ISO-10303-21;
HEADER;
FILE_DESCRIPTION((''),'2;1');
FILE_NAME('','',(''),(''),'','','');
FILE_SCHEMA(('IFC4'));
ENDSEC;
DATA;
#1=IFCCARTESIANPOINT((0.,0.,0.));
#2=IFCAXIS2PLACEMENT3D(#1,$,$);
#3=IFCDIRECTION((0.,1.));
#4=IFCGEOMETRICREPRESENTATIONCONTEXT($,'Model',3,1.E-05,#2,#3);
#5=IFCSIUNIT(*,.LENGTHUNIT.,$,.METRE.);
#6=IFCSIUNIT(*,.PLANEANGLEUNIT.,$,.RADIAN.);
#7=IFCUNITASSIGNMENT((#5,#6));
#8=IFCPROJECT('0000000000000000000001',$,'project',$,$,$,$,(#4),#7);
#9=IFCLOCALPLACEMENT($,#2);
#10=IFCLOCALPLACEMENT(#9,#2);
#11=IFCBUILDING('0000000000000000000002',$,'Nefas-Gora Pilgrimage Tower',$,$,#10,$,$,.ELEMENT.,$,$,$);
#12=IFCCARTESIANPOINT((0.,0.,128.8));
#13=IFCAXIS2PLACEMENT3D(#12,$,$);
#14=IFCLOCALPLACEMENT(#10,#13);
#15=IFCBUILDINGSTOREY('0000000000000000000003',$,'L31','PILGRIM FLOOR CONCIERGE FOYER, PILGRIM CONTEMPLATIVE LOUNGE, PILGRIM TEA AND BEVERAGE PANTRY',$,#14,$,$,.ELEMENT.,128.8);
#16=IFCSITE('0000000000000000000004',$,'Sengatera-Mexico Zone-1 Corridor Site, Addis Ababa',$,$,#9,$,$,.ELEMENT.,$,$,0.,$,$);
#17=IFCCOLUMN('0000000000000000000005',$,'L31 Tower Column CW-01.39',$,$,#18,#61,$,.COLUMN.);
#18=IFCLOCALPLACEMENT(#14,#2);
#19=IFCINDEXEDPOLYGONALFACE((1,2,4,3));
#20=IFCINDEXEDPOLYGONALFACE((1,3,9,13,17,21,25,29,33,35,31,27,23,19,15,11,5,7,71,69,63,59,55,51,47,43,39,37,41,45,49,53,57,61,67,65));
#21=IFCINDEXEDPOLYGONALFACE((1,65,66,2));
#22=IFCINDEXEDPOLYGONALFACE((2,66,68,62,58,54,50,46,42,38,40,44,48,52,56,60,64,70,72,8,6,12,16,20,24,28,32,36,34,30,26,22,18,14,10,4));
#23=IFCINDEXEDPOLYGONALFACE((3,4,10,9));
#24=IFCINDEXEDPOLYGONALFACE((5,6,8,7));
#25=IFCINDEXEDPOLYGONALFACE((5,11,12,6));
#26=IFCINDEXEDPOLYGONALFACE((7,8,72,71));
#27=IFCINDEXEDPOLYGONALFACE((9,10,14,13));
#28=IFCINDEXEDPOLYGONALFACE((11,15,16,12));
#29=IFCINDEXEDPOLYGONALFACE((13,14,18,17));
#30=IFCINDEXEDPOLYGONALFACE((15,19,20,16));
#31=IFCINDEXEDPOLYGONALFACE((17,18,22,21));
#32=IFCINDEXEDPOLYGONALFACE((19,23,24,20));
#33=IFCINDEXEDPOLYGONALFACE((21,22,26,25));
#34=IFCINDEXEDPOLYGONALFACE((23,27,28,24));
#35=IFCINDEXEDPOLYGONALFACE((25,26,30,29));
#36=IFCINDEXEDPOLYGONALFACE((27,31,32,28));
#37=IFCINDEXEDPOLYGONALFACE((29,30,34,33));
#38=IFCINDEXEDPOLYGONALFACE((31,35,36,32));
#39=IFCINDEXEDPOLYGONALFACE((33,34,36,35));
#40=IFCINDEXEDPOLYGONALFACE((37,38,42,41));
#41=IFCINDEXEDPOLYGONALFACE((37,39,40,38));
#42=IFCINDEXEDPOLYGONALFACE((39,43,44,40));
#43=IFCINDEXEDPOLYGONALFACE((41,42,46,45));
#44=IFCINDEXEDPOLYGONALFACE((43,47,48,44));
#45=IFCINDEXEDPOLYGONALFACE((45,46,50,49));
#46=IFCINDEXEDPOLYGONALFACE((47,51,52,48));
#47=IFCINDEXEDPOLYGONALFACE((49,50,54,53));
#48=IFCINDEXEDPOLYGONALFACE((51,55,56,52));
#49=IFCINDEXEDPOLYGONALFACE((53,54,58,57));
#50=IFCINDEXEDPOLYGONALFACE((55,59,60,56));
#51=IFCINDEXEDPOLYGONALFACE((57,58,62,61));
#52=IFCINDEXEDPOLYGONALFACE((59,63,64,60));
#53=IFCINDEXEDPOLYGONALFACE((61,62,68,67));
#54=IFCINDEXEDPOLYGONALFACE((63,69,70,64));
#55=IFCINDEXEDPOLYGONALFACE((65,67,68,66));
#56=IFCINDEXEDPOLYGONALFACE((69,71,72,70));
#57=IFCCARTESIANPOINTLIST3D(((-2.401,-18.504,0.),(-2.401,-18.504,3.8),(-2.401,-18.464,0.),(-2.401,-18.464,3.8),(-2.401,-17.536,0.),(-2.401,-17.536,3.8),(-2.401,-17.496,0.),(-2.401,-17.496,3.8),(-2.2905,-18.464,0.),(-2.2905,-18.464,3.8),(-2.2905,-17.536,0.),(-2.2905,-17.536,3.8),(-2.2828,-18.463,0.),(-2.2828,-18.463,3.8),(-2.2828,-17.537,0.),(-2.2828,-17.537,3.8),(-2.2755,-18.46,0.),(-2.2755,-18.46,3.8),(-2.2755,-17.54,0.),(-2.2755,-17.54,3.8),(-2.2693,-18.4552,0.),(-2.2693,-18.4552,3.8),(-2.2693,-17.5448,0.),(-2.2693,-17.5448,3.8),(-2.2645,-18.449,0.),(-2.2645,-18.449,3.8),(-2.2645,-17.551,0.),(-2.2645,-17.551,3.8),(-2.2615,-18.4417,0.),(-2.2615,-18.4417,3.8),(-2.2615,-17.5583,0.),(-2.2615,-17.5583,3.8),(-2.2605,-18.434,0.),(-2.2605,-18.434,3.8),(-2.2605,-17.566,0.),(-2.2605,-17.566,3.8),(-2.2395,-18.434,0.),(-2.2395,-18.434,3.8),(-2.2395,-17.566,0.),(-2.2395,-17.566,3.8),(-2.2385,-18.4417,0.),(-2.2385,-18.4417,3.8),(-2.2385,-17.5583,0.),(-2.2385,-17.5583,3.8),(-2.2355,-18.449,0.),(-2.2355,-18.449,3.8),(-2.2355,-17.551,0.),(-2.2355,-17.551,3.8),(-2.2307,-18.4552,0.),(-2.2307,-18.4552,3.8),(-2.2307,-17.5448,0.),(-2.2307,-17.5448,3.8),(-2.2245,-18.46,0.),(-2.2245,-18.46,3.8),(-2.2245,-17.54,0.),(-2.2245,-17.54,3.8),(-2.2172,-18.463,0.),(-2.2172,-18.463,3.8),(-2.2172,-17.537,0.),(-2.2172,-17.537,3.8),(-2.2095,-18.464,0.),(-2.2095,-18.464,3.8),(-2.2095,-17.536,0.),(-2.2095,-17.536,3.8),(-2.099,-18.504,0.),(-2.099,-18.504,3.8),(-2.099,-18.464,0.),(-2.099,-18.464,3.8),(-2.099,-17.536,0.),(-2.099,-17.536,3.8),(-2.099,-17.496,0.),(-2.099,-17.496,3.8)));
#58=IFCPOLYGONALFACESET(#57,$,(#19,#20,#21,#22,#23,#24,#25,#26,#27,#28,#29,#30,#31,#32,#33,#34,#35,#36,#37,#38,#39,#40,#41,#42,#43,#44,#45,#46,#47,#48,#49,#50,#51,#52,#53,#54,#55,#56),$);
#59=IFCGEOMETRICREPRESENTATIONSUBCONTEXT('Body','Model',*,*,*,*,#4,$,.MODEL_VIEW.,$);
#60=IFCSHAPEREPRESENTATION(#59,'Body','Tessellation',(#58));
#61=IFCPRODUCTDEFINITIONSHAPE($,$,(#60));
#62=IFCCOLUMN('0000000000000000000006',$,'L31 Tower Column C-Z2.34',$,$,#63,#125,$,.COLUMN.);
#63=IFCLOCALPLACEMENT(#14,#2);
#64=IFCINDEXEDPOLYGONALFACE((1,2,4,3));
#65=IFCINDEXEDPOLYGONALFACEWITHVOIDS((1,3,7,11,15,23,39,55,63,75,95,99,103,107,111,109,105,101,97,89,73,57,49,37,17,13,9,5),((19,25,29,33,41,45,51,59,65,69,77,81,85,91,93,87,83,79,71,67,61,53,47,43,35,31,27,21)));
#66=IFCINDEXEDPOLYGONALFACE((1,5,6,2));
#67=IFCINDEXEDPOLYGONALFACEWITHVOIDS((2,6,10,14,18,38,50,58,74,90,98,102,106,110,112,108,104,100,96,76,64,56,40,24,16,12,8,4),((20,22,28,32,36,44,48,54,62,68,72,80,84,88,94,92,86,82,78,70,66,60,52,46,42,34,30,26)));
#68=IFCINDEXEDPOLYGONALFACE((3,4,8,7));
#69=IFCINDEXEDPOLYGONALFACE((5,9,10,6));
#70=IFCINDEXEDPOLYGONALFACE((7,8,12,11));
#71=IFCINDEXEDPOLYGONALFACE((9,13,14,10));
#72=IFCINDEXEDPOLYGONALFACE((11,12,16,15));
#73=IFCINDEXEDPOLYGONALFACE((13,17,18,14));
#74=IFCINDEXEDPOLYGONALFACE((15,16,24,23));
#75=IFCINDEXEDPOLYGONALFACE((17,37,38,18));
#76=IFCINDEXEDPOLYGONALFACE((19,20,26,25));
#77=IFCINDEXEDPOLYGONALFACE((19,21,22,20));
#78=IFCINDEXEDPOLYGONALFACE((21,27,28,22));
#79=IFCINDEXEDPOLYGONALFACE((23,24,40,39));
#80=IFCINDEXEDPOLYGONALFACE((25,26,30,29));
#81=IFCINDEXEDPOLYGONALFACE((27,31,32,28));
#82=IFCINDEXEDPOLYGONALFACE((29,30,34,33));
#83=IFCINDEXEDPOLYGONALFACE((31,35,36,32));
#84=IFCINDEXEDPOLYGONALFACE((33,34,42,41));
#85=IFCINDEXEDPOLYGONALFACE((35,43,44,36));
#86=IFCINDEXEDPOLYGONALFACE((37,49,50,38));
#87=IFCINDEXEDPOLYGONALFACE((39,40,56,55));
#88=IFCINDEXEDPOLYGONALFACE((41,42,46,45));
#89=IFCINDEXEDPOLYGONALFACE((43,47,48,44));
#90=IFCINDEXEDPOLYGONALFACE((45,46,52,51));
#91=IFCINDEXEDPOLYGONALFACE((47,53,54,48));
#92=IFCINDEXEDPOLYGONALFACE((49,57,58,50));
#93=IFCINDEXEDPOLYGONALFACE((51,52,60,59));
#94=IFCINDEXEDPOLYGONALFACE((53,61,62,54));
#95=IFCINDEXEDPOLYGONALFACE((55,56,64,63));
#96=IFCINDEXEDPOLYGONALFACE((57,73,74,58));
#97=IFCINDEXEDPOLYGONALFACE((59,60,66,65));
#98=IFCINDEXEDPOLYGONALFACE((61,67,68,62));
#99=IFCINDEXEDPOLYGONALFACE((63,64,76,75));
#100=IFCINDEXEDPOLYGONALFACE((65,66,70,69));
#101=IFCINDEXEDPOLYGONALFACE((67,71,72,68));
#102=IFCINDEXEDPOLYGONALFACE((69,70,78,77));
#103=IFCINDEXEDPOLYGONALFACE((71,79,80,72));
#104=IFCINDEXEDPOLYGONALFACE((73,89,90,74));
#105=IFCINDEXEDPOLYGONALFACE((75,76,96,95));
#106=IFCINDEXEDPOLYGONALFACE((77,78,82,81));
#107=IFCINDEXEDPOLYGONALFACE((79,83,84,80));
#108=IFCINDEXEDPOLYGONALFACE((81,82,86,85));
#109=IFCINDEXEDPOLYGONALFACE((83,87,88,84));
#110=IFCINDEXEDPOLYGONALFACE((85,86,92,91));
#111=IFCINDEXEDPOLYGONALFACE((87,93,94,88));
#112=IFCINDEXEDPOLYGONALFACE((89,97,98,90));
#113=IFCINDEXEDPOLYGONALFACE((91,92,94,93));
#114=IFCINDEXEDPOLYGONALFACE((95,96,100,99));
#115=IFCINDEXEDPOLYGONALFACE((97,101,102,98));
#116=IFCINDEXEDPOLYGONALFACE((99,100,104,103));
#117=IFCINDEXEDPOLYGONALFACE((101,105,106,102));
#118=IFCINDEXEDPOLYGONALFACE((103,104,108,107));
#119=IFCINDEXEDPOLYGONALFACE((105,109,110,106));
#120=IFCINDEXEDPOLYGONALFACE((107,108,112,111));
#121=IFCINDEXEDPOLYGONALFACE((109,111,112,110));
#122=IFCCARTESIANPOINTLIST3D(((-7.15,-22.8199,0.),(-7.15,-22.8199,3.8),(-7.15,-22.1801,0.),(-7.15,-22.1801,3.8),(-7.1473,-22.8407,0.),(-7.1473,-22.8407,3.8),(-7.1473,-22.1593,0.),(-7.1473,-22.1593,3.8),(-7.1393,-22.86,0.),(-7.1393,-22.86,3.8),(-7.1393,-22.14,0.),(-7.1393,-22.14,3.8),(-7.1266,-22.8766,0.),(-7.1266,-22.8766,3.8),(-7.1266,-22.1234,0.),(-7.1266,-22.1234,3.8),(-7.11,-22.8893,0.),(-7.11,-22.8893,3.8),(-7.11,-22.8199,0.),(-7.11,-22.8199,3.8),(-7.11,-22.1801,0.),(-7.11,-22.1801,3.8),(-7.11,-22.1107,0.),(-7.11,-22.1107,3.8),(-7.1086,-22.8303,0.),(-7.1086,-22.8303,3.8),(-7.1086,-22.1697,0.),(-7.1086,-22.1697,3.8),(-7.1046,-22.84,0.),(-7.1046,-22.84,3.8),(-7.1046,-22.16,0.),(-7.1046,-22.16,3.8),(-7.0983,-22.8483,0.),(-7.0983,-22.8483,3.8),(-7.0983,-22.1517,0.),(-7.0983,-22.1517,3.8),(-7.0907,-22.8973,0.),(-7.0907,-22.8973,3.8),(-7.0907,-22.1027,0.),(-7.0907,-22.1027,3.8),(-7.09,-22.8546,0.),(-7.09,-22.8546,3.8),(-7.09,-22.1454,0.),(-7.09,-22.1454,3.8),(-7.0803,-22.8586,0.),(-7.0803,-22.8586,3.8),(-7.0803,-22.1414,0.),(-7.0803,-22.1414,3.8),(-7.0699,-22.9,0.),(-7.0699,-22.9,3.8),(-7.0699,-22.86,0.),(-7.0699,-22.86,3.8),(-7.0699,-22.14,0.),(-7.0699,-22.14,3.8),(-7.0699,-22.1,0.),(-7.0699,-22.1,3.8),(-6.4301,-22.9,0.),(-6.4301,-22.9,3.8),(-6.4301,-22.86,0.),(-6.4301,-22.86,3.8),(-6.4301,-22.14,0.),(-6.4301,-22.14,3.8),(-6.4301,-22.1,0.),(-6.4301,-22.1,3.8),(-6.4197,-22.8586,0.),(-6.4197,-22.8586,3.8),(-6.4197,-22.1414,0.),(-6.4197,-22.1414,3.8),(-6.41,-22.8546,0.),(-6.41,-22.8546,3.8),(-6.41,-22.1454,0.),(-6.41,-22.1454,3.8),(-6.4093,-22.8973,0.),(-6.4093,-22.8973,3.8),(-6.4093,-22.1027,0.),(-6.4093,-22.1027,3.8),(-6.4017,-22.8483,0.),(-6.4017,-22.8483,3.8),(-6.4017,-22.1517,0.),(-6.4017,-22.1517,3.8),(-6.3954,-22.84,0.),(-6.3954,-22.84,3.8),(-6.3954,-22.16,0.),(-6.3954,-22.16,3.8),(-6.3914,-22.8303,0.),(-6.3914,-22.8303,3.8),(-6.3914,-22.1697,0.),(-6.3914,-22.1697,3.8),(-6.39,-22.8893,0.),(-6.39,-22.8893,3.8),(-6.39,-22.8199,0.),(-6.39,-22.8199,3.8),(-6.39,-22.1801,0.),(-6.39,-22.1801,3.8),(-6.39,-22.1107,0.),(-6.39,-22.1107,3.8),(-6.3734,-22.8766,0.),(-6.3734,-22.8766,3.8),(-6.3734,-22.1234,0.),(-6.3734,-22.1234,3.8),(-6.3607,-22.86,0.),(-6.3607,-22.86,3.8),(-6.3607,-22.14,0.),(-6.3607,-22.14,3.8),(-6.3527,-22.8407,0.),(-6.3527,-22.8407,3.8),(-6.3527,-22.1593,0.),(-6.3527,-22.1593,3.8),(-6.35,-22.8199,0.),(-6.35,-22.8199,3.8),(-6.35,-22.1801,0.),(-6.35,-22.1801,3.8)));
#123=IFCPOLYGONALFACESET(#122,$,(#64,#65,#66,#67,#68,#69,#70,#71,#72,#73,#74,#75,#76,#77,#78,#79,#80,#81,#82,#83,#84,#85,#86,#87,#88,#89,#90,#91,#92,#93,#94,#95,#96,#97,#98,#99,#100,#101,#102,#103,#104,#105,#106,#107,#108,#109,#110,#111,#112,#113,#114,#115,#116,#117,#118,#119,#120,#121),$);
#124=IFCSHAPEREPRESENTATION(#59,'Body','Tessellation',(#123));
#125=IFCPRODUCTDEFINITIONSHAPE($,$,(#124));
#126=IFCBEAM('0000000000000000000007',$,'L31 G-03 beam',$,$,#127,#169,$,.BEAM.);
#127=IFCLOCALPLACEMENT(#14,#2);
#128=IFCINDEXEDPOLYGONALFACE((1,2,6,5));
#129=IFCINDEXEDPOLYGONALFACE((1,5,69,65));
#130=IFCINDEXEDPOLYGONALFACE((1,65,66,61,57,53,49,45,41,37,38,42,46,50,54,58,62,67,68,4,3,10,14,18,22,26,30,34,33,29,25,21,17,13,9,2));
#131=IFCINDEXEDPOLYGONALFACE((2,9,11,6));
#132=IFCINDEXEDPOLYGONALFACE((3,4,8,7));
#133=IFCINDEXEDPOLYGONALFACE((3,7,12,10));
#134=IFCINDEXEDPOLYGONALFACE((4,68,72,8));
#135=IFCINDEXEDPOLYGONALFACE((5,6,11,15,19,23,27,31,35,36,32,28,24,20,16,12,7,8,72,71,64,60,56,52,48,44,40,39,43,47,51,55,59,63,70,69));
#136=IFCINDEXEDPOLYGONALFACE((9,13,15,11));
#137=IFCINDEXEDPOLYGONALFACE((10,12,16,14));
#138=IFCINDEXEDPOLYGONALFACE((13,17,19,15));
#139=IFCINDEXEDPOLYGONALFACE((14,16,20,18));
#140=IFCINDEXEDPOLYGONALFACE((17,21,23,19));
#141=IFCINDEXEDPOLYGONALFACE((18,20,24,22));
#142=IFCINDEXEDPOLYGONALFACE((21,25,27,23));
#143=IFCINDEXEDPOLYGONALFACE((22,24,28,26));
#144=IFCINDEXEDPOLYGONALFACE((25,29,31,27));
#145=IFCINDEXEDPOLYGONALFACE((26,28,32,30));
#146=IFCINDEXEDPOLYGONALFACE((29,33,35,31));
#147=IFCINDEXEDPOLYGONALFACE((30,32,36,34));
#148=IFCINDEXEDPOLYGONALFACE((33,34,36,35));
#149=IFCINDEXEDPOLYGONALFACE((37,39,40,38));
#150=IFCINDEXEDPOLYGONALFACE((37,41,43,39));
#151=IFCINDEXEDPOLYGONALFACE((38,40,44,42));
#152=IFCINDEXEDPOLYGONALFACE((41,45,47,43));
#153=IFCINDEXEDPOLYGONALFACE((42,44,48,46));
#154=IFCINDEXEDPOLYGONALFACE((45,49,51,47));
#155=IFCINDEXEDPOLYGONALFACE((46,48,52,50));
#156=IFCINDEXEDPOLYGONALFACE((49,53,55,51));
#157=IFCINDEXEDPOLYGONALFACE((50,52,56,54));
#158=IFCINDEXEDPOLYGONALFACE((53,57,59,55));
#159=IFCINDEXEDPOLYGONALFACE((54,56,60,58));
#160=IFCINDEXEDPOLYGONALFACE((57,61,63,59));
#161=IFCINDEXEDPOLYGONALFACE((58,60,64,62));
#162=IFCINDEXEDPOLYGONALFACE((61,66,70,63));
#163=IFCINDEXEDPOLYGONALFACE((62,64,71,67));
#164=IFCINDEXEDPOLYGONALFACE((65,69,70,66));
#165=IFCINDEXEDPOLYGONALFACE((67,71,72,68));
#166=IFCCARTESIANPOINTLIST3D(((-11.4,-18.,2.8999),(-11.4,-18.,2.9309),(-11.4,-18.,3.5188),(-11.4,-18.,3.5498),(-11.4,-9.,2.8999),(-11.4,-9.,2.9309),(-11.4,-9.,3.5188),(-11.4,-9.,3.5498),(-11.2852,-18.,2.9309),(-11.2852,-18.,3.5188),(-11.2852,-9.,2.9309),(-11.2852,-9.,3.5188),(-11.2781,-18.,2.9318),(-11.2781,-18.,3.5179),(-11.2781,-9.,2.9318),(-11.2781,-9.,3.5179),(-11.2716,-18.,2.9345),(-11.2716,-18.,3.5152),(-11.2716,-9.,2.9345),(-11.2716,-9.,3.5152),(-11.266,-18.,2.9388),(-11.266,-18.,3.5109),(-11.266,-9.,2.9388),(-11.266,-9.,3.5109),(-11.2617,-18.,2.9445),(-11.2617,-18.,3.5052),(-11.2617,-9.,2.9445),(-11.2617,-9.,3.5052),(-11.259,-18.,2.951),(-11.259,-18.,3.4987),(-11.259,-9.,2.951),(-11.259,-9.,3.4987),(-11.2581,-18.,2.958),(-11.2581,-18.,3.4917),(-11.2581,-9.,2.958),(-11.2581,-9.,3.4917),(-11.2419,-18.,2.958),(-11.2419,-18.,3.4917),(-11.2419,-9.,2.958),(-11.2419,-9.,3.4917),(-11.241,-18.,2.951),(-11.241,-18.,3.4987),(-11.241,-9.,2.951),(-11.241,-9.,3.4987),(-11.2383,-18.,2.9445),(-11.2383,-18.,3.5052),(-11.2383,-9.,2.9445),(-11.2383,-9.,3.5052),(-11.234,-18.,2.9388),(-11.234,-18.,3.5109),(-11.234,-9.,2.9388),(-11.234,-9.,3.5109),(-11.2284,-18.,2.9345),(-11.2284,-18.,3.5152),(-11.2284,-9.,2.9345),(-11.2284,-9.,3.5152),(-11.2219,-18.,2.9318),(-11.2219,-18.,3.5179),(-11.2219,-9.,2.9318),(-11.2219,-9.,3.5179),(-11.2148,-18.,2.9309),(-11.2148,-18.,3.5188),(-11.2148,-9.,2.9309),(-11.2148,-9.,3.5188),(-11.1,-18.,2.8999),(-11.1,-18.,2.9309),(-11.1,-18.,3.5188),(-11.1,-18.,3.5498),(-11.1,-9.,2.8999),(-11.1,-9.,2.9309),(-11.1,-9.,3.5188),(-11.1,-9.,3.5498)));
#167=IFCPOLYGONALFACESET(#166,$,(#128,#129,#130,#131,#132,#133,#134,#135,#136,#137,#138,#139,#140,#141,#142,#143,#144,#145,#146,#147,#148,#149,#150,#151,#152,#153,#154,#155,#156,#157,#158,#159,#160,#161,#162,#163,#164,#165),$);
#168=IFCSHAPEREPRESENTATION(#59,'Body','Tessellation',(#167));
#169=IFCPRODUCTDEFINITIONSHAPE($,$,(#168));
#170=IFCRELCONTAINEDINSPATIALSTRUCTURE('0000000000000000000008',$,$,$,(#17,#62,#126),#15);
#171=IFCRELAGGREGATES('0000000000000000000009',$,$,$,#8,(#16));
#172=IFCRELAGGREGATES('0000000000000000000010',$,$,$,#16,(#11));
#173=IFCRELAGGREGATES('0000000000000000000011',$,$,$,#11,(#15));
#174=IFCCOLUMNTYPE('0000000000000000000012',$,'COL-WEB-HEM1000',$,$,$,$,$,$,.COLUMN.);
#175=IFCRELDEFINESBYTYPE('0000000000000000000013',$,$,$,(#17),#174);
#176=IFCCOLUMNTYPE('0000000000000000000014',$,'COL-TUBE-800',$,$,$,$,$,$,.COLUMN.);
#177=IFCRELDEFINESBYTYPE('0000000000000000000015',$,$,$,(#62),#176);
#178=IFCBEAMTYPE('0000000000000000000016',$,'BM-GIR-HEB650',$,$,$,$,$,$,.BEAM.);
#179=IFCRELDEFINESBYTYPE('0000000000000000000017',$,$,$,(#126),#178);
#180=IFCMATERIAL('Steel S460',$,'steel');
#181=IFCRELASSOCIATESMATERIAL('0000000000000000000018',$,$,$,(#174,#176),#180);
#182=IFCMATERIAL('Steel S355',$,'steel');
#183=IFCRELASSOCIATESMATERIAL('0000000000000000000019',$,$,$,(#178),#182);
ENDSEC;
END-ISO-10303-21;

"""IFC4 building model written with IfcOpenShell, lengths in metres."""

from ifc_helpers import new_model, si_unit, direction, frame, origin, origin_2d, place, context, subcontext, project, spatial, hollow_rectangle, i_section, extrude, source, transform, mapped, material, material_profile, profile_set, type_object, element, save


model = new_model("IFC4")

# Units and contexts
model_context = context("Model", 3, precision=1e-05, world=origin(), true_north=direction((0.0, 1.0)))
body_context = subcontext(model_context, "Body", "Model", "MODEL_VIEW")
ifc_project = project(units=[si_unit("LENGTHUNIT", "METRE"), si_unit("PLANEANGLEUNIT", "RADIAN")], contexts=[model_context])

# Site, building, storey
site_placement = place(None, origin())
site = spatial("IfcSite", under=ifc_project, at=site_placement, Name="Sengatera-Mexico Zone-1 Corridor Site, Addis Ababa", CompositionType="ELEMENT", RefElevation=0.0)
building_placement = place(site_placement, origin())
building = spatial("IfcBuilding", under=site, at=building_placement, Name="Nefas-Gora Pilgrimage Tower", CompositionType="ELEMENT")
storey_placement = place(building_placement, frame((0.0, 0.0, 128.8)))
storey = spatial("IfcBuildingStorey", under=building, at=storey_placement, Name="L31", Description="PILGRIM FLOOR CONCIERGE FOYER, PILGRIM CONTEMPLATIVE LOUNGE, PILGRIM TEA AND BEVERAGE PANTRY", CompositionType="ELEMENT", Elevation=128.8)

# Columns
ifc_material_1 = material(Name="Steel S460", Category="steel")
ifc_material_profile_1 = material_profile(ifc_material_1, i_section(OverallWidth=0.302, OverallDepth=1.0081, WebThickness=0.021, FlangeThickness=0.04, FilletRadius=0.03, at=origin_2d()), Name="HEM 1000")
ifc_profile_set_1 = profile_set([ifc_material_profile_1], Name="Steel S460")
column_type_1 = type_object("IfcColumnType", Name="COL-WEB-HEM1000", PredefinedType="COLUMN", material=ifc_profile_set_1)
shared_shape_1 = source(origin(), body_context, "Body", "SweptSolid", [
    extrude(i_section(OverallWidth=0.302, OverallDepth=1.0081, WebThickness=0.021, FlangeThickness=0.04, FilletRadius=0.03, at=origin_2d()), origin(), (0.0, 0.0, 1.0), 3.8),
])
for number, where, z_axis, x_axis, name in (
    (1, (-2.25, -18.0, 0.0), (0.0, 0.0, 1.0), (1.0, 0.0, 0.0), "L31 Tower Column CW-01.39"),
):
    element("IfcColumn", number, at=place(storey_placement, frame(where, z_axis=z_axis, x_axis=x_axis)), inside=storey, type_object=column_type_1, Name=name, PredefinedType="COLUMN", context=body_context, shape_type="MappedRepresentation", body=[
        mapped(shared_shape_1, transform((0.0, 0.0, 0.0), x_axis=(1.0, 0.0, 0.0), y_axis=(0.0, 1.0, 0.0), z_axis=(0.0, 0.0, 1.0), scale=1.0)),
    ])
ifc_material_profile_2 = material_profile(ifc_material_1, hollow_rectangle(XDim=0.8, YDim=0.8, WallThickness=0.04, InnerFilletRadius=0.04, OuterFilletRadius=0.0801, at=origin_2d()), Name="BOX 800x800x40")
ifc_profile_set_2 = profile_set([ifc_material_profile_2], Name="Steel S460")
column_type_2 = type_object("IfcColumnType", Name="COL-TUBE-800", PredefinedType="COLUMN", material=ifc_profile_set_2)
shared_shape_2 = source(origin(), body_context, "Body", "SweptSolid", [
    extrude(hollow_rectangle(XDim=0.8, YDim=0.8, WallThickness=0.04, InnerFilletRadius=0.04, OuterFilletRadius=0.0801, at=origin_2d()), origin(), (0.0, 0.0, 1.0), 3.8),
])
column_placement = place(storey_placement, frame((-6.75, -22.5, 0.0), z_axis=(0.0, 0.0, 1.0), x_axis=(1.0, 0.0, 0.0)))
element("IfcColumn", 2, at=column_placement, inside=storey, type_object=column_type_2, Name="L31 Tower Column C-Z2.34", PredefinedType="COLUMN", context=body_context, shape_type="MappedRepresentation", body=[
    mapped(shared_shape_2, transform((0.0, 0.0, 0.0), x_axis=(1.0, 0.0, 0.0), y_axis=(0.0, 1.0, 0.0), z_axis=(0.0, 0.0, 1.0), scale=1.0)),
])

# Beam
ifc_material_2 = material(Name="Steel S355", Category="steel")
ifc_material_profile_3 = material_profile(ifc_material_2, i_section(OverallWidth=0.3, OverallDepth=0.6499, WebThickness=0.0161, FlangeThickness=0.031, FilletRadius=0.0271, at=origin_2d()), Name="HEB 650")
ifc_profile_set_3 = profile_set([ifc_material_profile_3], Name="Steel S355")
beam_type = type_object("IfcBeamType", Name="BM-GIR-HEB650", PredefinedType="BEAM", material=ifc_profile_set_3)
shared_shape_3 = source(origin(), body_context, "Body", "SweptSolid", [
    extrude(i_section(OverallWidth=0.3, OverallDepth=0.6499, WebThickness=0.0161, FlangeThickness=0.031, FilletRadius=0.0271, at=origin_2d()), origin(), (0.0, 0.0, 1.0), 9.0),
])
beam_placement = place(storey_placement, frame((-11.25, -18.0, 3.2249), z_axis=(0.0, 1.0, 0.0), x_axis=(-1.0, 0.0, 0.0)))
element("IfcBeam", 3, at=beam_placement, inside=storey, type_object=beam_type, Name="L31 G-03 beam", PredefinedType="BEAM", context=body_context, shape_type="MappedRepresentation", body=[
    mapped(shared_shape_3, transform((0.0, 0.0, 0.0), x_axis=(1.0, 0.0, 0.0), y_axis=(0.0, 1.0, 0.0), z_axis=(0.0, 0.0, 1.0), scale=1.0)),
])

save(model, "model.ifc")
